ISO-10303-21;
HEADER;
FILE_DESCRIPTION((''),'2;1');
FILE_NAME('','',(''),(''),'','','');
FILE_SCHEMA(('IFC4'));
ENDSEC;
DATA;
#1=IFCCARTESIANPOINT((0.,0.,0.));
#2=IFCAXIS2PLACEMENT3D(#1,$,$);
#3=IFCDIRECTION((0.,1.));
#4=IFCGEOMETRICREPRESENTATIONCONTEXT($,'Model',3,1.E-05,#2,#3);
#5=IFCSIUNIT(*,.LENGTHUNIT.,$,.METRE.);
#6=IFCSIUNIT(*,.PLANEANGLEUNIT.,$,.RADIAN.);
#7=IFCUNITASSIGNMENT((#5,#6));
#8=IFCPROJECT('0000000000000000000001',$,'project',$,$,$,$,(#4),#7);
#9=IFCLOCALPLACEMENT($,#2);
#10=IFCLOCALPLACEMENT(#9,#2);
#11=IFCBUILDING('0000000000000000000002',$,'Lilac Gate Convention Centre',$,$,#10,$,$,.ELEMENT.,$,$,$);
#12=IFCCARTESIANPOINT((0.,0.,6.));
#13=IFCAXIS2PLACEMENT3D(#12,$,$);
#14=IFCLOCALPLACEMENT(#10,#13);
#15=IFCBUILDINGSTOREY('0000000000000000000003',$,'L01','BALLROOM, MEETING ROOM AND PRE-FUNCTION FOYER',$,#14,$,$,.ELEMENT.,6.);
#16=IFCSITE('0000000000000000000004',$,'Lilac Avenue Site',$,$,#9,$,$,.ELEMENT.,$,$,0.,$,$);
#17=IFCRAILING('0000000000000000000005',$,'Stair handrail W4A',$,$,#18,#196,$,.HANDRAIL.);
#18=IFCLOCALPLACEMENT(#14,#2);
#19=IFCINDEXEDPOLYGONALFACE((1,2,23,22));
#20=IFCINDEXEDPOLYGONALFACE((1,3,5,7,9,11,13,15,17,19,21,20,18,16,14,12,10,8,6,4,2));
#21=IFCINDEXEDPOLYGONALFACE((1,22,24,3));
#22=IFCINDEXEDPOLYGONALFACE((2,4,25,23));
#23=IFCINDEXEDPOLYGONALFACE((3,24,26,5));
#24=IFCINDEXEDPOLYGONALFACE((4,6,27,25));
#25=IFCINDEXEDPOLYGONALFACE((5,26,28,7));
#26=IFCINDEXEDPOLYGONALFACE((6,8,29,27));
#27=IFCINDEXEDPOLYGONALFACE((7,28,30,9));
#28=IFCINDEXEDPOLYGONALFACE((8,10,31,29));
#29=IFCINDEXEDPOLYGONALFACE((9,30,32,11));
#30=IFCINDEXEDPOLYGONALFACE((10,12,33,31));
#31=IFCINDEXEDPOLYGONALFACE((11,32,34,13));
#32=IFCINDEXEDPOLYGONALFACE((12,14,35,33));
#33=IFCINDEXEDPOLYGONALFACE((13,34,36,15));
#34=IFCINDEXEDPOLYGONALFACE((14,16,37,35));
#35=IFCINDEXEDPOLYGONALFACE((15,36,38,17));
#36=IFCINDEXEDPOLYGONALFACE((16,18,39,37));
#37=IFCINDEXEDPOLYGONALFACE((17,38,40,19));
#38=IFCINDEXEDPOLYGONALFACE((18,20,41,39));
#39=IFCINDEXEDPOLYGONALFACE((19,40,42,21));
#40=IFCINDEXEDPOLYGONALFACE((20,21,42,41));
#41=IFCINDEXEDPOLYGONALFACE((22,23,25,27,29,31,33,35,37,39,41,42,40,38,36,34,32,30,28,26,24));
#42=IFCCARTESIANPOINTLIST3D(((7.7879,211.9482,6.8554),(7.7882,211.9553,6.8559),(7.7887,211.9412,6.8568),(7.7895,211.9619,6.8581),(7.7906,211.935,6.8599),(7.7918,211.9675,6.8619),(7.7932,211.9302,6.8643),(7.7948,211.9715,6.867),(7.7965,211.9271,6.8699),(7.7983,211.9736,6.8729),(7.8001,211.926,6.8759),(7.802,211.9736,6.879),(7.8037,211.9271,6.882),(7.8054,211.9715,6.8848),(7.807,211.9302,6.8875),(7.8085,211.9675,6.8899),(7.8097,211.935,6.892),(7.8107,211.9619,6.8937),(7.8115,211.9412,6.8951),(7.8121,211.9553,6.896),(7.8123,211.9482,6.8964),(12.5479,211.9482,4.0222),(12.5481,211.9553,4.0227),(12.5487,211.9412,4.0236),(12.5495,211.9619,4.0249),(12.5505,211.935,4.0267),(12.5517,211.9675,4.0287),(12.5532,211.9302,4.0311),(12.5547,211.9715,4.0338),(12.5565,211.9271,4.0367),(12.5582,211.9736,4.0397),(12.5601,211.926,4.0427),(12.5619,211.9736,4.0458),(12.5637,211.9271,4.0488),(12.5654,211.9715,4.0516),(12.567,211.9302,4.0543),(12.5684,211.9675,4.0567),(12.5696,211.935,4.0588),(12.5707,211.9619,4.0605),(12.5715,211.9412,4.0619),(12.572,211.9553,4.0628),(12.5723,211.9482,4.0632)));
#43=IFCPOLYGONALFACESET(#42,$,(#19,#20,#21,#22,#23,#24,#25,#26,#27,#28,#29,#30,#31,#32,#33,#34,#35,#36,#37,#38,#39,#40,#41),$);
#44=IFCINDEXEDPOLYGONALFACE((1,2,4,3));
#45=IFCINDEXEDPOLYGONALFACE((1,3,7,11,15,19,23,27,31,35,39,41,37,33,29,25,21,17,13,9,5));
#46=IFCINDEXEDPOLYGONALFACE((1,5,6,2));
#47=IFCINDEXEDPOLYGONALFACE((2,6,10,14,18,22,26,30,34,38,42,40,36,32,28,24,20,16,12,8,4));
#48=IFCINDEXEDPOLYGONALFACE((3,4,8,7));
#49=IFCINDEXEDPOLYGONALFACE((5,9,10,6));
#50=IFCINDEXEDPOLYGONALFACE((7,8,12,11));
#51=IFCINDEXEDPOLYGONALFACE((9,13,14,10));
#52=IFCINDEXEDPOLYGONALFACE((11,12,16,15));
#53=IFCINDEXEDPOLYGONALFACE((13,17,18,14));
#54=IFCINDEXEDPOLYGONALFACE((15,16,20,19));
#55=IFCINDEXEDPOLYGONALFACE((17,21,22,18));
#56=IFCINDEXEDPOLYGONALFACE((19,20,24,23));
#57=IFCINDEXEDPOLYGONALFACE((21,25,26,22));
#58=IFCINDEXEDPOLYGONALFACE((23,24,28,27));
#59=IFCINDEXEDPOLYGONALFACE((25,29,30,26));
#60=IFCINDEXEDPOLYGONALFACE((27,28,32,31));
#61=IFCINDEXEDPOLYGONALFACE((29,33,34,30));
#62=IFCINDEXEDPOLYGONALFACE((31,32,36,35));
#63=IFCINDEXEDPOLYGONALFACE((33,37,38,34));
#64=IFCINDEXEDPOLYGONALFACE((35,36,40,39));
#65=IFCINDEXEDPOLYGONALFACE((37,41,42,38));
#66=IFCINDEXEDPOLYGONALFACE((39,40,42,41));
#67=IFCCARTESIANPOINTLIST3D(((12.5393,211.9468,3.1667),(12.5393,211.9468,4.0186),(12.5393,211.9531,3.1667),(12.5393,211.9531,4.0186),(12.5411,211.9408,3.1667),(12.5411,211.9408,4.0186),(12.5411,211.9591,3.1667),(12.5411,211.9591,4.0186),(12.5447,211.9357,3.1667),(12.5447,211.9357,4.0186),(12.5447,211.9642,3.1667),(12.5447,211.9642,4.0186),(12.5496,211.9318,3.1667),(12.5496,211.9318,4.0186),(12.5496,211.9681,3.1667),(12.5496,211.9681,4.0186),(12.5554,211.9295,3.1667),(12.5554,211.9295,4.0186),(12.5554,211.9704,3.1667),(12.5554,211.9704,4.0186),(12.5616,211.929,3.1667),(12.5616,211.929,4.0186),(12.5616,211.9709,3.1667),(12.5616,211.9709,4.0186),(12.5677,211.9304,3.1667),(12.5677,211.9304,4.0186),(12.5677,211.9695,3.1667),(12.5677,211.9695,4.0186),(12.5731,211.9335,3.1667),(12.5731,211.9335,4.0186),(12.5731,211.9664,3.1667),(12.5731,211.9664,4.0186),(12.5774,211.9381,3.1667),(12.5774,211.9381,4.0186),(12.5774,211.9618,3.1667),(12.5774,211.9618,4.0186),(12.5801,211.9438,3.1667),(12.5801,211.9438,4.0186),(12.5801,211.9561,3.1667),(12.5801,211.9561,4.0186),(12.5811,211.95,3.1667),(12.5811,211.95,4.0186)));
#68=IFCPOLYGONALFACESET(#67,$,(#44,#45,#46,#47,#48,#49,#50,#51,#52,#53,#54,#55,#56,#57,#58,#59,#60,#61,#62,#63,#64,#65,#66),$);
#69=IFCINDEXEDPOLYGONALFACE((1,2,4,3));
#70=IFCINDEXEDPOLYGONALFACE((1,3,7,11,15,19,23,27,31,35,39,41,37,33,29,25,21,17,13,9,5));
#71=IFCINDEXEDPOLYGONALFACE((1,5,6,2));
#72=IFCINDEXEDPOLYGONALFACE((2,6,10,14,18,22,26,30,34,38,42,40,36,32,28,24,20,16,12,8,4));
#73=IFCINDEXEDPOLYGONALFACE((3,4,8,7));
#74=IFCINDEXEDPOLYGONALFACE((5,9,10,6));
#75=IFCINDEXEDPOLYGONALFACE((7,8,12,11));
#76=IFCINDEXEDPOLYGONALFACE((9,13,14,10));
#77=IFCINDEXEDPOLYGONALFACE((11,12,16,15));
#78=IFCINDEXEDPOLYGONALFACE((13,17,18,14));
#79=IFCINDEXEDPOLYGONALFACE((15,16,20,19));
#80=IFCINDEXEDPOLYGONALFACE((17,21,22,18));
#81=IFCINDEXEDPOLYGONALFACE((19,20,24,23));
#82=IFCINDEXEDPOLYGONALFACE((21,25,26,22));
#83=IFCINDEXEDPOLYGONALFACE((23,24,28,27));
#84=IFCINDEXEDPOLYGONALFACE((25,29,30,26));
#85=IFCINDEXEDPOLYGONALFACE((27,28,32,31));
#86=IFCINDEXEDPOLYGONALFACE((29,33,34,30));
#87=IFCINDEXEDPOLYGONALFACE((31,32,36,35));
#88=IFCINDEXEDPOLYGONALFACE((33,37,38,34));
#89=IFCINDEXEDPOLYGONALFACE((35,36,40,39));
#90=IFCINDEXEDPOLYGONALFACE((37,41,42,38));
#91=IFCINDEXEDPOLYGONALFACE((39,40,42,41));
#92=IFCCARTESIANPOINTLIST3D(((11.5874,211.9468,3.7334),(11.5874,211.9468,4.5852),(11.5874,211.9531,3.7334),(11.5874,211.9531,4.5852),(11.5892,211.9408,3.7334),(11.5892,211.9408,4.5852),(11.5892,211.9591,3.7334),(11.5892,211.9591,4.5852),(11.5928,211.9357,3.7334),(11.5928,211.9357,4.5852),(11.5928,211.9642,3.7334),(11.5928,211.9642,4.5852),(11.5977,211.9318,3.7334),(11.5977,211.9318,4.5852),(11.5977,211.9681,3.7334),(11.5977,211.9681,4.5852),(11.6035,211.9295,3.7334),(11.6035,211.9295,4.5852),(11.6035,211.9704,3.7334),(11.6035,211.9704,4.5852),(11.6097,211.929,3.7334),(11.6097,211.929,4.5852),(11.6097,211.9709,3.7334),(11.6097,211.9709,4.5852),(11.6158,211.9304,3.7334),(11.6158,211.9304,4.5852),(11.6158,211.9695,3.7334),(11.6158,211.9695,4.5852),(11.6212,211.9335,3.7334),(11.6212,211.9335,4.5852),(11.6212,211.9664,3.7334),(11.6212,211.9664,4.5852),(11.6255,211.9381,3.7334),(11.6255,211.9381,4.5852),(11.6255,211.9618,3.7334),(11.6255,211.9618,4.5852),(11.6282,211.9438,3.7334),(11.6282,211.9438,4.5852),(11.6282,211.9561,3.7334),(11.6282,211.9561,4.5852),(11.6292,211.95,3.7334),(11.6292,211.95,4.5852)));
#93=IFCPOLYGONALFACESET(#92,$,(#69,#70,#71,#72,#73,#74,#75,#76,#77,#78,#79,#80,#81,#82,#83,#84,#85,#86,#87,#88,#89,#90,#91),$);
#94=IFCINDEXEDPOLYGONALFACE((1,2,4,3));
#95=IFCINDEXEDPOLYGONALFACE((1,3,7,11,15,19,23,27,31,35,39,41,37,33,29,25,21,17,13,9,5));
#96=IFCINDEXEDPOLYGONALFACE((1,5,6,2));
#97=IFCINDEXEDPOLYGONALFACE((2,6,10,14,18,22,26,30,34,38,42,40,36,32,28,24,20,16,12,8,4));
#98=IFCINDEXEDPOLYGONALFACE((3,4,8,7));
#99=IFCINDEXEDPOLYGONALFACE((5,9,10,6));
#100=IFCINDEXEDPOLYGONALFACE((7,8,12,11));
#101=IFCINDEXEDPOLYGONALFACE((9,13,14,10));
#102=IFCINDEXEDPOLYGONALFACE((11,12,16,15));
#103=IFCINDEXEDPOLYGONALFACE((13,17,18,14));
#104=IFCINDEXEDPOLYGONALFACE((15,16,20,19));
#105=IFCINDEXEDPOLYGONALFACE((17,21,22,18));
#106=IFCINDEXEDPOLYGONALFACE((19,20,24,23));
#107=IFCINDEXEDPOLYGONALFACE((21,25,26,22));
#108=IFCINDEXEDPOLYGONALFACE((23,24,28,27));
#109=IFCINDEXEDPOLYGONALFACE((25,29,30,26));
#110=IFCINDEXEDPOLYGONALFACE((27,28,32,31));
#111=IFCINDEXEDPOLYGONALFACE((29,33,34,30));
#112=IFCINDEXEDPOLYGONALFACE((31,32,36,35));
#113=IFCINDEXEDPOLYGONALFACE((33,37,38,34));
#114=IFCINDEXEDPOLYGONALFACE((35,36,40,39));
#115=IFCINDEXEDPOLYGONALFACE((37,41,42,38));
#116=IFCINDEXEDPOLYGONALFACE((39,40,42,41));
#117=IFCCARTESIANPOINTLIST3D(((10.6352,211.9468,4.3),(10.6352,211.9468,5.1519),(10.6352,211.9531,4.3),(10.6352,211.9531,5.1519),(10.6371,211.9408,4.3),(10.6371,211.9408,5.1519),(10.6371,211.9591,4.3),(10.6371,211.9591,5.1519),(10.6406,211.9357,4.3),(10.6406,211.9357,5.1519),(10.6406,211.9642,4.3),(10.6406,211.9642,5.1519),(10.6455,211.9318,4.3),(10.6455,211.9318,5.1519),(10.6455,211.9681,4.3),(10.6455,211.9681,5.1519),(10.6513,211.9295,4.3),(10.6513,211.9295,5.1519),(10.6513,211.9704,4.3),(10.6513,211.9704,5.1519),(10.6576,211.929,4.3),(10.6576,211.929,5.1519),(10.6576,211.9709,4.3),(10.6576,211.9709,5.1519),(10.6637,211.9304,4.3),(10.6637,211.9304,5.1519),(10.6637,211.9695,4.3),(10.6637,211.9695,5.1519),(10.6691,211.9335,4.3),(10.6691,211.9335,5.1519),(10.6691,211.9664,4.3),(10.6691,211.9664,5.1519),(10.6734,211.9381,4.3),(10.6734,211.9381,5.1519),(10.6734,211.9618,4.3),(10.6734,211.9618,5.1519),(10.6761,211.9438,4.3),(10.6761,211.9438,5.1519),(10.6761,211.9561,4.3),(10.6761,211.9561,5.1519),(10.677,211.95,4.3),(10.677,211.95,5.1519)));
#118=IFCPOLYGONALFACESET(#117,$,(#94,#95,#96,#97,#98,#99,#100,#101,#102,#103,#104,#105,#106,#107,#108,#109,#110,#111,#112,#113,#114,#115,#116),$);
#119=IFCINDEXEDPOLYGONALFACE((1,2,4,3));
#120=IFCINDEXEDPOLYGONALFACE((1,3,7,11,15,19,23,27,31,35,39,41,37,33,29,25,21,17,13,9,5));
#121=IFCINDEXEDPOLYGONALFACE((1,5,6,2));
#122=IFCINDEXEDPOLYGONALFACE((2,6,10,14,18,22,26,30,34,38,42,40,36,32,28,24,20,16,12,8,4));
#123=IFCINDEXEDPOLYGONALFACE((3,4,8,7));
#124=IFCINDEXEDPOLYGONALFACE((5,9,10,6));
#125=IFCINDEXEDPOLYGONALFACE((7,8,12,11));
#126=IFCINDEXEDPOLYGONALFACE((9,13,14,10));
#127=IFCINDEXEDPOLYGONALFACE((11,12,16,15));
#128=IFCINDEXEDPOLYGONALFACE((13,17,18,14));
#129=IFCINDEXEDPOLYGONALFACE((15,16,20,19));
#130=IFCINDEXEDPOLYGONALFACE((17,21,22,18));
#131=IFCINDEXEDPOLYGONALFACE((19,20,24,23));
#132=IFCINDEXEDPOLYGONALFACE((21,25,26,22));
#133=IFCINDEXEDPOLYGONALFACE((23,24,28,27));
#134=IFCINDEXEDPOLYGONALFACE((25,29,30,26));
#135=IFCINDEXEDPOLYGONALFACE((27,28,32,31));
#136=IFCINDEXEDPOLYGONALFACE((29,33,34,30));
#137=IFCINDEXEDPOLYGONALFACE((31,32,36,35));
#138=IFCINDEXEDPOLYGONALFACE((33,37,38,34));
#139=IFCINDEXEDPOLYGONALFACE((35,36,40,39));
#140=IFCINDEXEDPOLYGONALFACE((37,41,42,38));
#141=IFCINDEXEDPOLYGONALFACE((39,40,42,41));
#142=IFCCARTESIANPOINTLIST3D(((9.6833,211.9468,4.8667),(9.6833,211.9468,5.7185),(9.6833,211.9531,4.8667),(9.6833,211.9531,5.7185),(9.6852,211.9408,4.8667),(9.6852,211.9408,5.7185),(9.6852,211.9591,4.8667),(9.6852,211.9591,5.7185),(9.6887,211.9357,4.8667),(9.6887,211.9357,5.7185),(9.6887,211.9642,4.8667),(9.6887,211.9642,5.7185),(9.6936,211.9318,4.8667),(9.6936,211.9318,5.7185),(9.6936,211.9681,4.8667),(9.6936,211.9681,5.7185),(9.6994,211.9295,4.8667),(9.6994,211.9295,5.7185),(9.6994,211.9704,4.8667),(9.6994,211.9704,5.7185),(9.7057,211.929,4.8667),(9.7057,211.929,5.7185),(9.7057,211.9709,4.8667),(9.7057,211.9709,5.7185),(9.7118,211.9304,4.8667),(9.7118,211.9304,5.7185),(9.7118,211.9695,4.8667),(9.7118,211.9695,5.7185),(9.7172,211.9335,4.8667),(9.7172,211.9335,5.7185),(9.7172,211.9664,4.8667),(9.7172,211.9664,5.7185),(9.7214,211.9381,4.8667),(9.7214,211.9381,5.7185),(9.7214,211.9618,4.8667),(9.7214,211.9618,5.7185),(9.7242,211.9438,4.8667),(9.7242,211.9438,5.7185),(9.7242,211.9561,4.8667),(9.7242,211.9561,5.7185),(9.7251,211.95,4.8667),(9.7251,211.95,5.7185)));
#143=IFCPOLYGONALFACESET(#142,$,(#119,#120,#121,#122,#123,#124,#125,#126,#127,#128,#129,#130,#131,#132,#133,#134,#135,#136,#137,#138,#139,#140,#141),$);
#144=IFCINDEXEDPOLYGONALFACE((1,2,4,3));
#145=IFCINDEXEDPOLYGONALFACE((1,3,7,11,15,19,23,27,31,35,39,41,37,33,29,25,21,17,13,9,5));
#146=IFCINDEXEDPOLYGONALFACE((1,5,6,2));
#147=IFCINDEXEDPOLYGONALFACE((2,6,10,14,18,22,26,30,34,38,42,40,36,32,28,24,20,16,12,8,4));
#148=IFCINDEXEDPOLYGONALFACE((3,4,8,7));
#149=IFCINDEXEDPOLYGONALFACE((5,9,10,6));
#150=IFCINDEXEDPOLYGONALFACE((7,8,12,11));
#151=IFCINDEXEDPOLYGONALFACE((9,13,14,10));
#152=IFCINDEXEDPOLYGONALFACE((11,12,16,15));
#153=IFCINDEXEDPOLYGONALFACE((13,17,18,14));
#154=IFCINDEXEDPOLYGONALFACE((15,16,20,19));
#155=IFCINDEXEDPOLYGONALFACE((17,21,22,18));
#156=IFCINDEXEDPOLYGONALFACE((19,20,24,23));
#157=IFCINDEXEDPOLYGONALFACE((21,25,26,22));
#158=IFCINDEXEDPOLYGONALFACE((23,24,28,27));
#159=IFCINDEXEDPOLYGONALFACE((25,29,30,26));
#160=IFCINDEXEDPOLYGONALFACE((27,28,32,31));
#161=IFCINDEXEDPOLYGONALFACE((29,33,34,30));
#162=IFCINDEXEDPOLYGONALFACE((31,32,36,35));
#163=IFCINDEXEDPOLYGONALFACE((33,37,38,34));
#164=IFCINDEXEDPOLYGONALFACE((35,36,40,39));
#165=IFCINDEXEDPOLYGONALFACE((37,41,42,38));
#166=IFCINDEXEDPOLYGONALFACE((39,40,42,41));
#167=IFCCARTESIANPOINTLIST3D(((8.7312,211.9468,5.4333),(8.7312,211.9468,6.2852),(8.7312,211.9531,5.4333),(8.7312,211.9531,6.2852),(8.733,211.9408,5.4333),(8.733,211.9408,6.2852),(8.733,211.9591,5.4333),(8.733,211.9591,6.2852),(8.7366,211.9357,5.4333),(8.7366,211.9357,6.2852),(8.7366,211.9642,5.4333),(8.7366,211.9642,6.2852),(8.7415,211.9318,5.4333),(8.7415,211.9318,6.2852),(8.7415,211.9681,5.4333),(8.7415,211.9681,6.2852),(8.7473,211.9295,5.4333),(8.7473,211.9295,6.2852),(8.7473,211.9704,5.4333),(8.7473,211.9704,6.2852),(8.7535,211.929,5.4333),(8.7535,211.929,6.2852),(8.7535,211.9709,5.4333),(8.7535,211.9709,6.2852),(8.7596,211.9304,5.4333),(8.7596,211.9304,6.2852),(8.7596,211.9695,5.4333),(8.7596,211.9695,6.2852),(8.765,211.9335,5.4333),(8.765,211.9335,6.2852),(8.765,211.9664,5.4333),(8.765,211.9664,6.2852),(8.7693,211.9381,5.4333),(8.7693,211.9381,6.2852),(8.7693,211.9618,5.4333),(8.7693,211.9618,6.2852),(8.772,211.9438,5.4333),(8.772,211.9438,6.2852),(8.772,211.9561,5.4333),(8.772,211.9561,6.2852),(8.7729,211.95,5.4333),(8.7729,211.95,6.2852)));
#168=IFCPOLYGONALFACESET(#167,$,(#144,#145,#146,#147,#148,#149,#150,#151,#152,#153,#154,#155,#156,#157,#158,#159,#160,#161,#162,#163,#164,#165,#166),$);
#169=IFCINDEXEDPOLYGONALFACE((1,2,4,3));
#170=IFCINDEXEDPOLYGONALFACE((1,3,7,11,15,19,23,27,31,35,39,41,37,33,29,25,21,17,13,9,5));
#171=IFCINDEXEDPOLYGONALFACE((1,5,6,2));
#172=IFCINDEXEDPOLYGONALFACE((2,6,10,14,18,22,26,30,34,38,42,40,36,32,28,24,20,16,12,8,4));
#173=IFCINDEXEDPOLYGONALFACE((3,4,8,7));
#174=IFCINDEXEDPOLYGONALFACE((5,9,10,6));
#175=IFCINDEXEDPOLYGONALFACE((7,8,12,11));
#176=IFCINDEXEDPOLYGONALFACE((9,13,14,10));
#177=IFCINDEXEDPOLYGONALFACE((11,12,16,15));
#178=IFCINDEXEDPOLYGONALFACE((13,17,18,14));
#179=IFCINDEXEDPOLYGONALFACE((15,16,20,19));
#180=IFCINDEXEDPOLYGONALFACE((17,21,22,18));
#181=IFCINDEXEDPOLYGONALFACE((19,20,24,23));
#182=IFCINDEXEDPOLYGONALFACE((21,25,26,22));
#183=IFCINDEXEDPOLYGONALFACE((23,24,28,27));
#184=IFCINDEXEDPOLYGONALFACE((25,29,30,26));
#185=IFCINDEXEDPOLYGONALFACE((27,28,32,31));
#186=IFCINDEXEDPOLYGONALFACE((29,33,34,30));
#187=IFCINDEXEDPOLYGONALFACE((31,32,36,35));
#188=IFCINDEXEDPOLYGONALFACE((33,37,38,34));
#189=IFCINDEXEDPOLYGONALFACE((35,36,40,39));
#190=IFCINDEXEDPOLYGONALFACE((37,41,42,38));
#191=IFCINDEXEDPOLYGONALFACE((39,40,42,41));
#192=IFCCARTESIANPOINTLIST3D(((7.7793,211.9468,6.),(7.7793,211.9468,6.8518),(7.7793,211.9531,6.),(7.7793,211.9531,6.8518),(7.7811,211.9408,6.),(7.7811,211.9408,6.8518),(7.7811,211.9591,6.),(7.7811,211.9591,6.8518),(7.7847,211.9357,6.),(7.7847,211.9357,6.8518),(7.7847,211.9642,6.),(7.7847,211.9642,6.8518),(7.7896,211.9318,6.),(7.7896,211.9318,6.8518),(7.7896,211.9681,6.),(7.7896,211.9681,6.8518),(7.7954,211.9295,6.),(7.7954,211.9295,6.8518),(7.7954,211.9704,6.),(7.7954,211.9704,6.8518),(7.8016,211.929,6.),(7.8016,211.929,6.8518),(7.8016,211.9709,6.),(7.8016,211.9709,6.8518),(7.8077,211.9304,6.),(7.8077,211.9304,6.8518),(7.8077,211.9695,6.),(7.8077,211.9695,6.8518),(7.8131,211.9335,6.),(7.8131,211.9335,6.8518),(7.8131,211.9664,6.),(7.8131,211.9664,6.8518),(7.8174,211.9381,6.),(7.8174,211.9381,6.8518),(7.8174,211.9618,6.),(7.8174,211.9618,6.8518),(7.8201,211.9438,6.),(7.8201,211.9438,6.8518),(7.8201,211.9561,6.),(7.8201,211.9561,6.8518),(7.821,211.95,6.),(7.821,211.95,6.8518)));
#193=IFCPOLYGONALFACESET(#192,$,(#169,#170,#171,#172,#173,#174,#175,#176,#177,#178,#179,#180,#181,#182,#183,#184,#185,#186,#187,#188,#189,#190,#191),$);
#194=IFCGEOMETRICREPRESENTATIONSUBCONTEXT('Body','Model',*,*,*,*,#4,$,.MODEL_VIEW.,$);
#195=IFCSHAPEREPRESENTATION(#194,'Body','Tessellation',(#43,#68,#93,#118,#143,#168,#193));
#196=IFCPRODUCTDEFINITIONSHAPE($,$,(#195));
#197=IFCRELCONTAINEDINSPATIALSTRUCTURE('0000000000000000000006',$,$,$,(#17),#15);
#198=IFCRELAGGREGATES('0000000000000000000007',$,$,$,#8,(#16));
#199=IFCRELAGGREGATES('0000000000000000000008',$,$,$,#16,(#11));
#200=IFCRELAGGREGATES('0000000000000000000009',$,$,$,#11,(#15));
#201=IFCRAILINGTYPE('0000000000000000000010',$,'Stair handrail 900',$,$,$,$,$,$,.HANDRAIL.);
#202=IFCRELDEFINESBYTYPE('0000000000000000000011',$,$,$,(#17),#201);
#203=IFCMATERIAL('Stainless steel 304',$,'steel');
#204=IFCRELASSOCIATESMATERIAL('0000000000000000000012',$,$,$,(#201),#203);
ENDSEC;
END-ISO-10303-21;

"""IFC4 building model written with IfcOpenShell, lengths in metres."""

from ifc_helpers import new_model, si_unit, direction, frame, origin, origin_2d, place, context, subcontext, project, spatial, circle, extrude, material, type_object, element, save


model = new_model("IFC4")

# Units and contexts
model_context = context("Model", 3, precision=1e-05, world=origin(), true_north=direction((0.0, 1.0)))
body_context = subcontext(model_context, "Body", "Model", "MODEL_VIEW")
ifc_project = project(units=[si_unit("LENGTHUNIT", "METRE"), si_unit("PLANEANGLEUNIT", "RADIAN")], contexts=[model_context])

# Site, building, storey
site_placement = place(None, origin())
site = spatial("IfcSite", under=ifc_project, at=site_placement, Name="Lilac Avenue Site", CompositionType="ELEMENT", RefElevation=0.0)
building_placement = place(site_placement, origin())
building = spatial("IfcBuilding", under=site, at=building_placement, Name="Lilac Gate Convention Centre", CompositionType="ELEMENT")
storey_placement = place(building_placement, frame((0.0, 0.0, 6.0)))
storey = spatial("IfcBuildingStorey", under=building, at=storey_placement, Name="L01", Description="BALLROOM, MEETING ROOM AND PRE-FUNCTION FOYER", CompositionType="ELEMENT", Elevation=6.0)

# Shared definitions
ifc_material_1 = material(Name="Stainless steel 304", Category="steel")

# Railing
railing_type = type_object("IfcRailingType", Name="Stair handrail 900", PredefinedType="HANDRAIL", material=ifc_material_1)
for number, where, name in (
    (1, (12.5601, 211.95, 3.1667), "Stair handrail W4A"),
):
    element("IfcRailing", number, at=place(storey_placement, frame(where)), inside=storey, type_object=railing_type, Name=name, PredefinedType="HANDRAIL", context=body_context, shape_type="SweptSolid", body=[
        extrude(circle(Radius=0.0239, at=origin_2d()), frame((0.0, 0.0, 0.876), z_axis=(-0.8593, 0.0, 0.511472), x_axis=(0.0, -1.0, 0.0)), (0.0, 0.0, 1.0), 5.5393),
        extrude(circle(Radius=0.021, at=origin_2d()), origin(), (0.0, 0.0, 1.0), 0.8518),
        extrude(circle(Radius=0.021, at=origin_2d()), frame((-0.9519, 0.0, 0.5667)), (0.0, 0.0, 1.0), 0.8518),
        extrude(circle(Radius=0.021, at=origin_2d()), frame((-1.9041, 0.0, 1.1333)), (0.0, 0.0, 1.0), 0.8518),
        extrude(circle(Radius=0.021, at=origin_2d()), frame((-2.856, 0.0, 1.7)), (0.0, 0.0, 1.0), 0.8518),
        extrude(circle(Radius=0.021, at=origin_2d()), frame((-3.8081, 0.0, 2.2666)), (0.0, 0.0, 1.0), 0.8518),
        extrude(circle(Radius=0.021, at=origin_2d()), frame((-4.76, 0.0, 2.8333)), (0.0, 0.0, 1.0), 0.8518),
    ])

save(model, "model.ifc")
